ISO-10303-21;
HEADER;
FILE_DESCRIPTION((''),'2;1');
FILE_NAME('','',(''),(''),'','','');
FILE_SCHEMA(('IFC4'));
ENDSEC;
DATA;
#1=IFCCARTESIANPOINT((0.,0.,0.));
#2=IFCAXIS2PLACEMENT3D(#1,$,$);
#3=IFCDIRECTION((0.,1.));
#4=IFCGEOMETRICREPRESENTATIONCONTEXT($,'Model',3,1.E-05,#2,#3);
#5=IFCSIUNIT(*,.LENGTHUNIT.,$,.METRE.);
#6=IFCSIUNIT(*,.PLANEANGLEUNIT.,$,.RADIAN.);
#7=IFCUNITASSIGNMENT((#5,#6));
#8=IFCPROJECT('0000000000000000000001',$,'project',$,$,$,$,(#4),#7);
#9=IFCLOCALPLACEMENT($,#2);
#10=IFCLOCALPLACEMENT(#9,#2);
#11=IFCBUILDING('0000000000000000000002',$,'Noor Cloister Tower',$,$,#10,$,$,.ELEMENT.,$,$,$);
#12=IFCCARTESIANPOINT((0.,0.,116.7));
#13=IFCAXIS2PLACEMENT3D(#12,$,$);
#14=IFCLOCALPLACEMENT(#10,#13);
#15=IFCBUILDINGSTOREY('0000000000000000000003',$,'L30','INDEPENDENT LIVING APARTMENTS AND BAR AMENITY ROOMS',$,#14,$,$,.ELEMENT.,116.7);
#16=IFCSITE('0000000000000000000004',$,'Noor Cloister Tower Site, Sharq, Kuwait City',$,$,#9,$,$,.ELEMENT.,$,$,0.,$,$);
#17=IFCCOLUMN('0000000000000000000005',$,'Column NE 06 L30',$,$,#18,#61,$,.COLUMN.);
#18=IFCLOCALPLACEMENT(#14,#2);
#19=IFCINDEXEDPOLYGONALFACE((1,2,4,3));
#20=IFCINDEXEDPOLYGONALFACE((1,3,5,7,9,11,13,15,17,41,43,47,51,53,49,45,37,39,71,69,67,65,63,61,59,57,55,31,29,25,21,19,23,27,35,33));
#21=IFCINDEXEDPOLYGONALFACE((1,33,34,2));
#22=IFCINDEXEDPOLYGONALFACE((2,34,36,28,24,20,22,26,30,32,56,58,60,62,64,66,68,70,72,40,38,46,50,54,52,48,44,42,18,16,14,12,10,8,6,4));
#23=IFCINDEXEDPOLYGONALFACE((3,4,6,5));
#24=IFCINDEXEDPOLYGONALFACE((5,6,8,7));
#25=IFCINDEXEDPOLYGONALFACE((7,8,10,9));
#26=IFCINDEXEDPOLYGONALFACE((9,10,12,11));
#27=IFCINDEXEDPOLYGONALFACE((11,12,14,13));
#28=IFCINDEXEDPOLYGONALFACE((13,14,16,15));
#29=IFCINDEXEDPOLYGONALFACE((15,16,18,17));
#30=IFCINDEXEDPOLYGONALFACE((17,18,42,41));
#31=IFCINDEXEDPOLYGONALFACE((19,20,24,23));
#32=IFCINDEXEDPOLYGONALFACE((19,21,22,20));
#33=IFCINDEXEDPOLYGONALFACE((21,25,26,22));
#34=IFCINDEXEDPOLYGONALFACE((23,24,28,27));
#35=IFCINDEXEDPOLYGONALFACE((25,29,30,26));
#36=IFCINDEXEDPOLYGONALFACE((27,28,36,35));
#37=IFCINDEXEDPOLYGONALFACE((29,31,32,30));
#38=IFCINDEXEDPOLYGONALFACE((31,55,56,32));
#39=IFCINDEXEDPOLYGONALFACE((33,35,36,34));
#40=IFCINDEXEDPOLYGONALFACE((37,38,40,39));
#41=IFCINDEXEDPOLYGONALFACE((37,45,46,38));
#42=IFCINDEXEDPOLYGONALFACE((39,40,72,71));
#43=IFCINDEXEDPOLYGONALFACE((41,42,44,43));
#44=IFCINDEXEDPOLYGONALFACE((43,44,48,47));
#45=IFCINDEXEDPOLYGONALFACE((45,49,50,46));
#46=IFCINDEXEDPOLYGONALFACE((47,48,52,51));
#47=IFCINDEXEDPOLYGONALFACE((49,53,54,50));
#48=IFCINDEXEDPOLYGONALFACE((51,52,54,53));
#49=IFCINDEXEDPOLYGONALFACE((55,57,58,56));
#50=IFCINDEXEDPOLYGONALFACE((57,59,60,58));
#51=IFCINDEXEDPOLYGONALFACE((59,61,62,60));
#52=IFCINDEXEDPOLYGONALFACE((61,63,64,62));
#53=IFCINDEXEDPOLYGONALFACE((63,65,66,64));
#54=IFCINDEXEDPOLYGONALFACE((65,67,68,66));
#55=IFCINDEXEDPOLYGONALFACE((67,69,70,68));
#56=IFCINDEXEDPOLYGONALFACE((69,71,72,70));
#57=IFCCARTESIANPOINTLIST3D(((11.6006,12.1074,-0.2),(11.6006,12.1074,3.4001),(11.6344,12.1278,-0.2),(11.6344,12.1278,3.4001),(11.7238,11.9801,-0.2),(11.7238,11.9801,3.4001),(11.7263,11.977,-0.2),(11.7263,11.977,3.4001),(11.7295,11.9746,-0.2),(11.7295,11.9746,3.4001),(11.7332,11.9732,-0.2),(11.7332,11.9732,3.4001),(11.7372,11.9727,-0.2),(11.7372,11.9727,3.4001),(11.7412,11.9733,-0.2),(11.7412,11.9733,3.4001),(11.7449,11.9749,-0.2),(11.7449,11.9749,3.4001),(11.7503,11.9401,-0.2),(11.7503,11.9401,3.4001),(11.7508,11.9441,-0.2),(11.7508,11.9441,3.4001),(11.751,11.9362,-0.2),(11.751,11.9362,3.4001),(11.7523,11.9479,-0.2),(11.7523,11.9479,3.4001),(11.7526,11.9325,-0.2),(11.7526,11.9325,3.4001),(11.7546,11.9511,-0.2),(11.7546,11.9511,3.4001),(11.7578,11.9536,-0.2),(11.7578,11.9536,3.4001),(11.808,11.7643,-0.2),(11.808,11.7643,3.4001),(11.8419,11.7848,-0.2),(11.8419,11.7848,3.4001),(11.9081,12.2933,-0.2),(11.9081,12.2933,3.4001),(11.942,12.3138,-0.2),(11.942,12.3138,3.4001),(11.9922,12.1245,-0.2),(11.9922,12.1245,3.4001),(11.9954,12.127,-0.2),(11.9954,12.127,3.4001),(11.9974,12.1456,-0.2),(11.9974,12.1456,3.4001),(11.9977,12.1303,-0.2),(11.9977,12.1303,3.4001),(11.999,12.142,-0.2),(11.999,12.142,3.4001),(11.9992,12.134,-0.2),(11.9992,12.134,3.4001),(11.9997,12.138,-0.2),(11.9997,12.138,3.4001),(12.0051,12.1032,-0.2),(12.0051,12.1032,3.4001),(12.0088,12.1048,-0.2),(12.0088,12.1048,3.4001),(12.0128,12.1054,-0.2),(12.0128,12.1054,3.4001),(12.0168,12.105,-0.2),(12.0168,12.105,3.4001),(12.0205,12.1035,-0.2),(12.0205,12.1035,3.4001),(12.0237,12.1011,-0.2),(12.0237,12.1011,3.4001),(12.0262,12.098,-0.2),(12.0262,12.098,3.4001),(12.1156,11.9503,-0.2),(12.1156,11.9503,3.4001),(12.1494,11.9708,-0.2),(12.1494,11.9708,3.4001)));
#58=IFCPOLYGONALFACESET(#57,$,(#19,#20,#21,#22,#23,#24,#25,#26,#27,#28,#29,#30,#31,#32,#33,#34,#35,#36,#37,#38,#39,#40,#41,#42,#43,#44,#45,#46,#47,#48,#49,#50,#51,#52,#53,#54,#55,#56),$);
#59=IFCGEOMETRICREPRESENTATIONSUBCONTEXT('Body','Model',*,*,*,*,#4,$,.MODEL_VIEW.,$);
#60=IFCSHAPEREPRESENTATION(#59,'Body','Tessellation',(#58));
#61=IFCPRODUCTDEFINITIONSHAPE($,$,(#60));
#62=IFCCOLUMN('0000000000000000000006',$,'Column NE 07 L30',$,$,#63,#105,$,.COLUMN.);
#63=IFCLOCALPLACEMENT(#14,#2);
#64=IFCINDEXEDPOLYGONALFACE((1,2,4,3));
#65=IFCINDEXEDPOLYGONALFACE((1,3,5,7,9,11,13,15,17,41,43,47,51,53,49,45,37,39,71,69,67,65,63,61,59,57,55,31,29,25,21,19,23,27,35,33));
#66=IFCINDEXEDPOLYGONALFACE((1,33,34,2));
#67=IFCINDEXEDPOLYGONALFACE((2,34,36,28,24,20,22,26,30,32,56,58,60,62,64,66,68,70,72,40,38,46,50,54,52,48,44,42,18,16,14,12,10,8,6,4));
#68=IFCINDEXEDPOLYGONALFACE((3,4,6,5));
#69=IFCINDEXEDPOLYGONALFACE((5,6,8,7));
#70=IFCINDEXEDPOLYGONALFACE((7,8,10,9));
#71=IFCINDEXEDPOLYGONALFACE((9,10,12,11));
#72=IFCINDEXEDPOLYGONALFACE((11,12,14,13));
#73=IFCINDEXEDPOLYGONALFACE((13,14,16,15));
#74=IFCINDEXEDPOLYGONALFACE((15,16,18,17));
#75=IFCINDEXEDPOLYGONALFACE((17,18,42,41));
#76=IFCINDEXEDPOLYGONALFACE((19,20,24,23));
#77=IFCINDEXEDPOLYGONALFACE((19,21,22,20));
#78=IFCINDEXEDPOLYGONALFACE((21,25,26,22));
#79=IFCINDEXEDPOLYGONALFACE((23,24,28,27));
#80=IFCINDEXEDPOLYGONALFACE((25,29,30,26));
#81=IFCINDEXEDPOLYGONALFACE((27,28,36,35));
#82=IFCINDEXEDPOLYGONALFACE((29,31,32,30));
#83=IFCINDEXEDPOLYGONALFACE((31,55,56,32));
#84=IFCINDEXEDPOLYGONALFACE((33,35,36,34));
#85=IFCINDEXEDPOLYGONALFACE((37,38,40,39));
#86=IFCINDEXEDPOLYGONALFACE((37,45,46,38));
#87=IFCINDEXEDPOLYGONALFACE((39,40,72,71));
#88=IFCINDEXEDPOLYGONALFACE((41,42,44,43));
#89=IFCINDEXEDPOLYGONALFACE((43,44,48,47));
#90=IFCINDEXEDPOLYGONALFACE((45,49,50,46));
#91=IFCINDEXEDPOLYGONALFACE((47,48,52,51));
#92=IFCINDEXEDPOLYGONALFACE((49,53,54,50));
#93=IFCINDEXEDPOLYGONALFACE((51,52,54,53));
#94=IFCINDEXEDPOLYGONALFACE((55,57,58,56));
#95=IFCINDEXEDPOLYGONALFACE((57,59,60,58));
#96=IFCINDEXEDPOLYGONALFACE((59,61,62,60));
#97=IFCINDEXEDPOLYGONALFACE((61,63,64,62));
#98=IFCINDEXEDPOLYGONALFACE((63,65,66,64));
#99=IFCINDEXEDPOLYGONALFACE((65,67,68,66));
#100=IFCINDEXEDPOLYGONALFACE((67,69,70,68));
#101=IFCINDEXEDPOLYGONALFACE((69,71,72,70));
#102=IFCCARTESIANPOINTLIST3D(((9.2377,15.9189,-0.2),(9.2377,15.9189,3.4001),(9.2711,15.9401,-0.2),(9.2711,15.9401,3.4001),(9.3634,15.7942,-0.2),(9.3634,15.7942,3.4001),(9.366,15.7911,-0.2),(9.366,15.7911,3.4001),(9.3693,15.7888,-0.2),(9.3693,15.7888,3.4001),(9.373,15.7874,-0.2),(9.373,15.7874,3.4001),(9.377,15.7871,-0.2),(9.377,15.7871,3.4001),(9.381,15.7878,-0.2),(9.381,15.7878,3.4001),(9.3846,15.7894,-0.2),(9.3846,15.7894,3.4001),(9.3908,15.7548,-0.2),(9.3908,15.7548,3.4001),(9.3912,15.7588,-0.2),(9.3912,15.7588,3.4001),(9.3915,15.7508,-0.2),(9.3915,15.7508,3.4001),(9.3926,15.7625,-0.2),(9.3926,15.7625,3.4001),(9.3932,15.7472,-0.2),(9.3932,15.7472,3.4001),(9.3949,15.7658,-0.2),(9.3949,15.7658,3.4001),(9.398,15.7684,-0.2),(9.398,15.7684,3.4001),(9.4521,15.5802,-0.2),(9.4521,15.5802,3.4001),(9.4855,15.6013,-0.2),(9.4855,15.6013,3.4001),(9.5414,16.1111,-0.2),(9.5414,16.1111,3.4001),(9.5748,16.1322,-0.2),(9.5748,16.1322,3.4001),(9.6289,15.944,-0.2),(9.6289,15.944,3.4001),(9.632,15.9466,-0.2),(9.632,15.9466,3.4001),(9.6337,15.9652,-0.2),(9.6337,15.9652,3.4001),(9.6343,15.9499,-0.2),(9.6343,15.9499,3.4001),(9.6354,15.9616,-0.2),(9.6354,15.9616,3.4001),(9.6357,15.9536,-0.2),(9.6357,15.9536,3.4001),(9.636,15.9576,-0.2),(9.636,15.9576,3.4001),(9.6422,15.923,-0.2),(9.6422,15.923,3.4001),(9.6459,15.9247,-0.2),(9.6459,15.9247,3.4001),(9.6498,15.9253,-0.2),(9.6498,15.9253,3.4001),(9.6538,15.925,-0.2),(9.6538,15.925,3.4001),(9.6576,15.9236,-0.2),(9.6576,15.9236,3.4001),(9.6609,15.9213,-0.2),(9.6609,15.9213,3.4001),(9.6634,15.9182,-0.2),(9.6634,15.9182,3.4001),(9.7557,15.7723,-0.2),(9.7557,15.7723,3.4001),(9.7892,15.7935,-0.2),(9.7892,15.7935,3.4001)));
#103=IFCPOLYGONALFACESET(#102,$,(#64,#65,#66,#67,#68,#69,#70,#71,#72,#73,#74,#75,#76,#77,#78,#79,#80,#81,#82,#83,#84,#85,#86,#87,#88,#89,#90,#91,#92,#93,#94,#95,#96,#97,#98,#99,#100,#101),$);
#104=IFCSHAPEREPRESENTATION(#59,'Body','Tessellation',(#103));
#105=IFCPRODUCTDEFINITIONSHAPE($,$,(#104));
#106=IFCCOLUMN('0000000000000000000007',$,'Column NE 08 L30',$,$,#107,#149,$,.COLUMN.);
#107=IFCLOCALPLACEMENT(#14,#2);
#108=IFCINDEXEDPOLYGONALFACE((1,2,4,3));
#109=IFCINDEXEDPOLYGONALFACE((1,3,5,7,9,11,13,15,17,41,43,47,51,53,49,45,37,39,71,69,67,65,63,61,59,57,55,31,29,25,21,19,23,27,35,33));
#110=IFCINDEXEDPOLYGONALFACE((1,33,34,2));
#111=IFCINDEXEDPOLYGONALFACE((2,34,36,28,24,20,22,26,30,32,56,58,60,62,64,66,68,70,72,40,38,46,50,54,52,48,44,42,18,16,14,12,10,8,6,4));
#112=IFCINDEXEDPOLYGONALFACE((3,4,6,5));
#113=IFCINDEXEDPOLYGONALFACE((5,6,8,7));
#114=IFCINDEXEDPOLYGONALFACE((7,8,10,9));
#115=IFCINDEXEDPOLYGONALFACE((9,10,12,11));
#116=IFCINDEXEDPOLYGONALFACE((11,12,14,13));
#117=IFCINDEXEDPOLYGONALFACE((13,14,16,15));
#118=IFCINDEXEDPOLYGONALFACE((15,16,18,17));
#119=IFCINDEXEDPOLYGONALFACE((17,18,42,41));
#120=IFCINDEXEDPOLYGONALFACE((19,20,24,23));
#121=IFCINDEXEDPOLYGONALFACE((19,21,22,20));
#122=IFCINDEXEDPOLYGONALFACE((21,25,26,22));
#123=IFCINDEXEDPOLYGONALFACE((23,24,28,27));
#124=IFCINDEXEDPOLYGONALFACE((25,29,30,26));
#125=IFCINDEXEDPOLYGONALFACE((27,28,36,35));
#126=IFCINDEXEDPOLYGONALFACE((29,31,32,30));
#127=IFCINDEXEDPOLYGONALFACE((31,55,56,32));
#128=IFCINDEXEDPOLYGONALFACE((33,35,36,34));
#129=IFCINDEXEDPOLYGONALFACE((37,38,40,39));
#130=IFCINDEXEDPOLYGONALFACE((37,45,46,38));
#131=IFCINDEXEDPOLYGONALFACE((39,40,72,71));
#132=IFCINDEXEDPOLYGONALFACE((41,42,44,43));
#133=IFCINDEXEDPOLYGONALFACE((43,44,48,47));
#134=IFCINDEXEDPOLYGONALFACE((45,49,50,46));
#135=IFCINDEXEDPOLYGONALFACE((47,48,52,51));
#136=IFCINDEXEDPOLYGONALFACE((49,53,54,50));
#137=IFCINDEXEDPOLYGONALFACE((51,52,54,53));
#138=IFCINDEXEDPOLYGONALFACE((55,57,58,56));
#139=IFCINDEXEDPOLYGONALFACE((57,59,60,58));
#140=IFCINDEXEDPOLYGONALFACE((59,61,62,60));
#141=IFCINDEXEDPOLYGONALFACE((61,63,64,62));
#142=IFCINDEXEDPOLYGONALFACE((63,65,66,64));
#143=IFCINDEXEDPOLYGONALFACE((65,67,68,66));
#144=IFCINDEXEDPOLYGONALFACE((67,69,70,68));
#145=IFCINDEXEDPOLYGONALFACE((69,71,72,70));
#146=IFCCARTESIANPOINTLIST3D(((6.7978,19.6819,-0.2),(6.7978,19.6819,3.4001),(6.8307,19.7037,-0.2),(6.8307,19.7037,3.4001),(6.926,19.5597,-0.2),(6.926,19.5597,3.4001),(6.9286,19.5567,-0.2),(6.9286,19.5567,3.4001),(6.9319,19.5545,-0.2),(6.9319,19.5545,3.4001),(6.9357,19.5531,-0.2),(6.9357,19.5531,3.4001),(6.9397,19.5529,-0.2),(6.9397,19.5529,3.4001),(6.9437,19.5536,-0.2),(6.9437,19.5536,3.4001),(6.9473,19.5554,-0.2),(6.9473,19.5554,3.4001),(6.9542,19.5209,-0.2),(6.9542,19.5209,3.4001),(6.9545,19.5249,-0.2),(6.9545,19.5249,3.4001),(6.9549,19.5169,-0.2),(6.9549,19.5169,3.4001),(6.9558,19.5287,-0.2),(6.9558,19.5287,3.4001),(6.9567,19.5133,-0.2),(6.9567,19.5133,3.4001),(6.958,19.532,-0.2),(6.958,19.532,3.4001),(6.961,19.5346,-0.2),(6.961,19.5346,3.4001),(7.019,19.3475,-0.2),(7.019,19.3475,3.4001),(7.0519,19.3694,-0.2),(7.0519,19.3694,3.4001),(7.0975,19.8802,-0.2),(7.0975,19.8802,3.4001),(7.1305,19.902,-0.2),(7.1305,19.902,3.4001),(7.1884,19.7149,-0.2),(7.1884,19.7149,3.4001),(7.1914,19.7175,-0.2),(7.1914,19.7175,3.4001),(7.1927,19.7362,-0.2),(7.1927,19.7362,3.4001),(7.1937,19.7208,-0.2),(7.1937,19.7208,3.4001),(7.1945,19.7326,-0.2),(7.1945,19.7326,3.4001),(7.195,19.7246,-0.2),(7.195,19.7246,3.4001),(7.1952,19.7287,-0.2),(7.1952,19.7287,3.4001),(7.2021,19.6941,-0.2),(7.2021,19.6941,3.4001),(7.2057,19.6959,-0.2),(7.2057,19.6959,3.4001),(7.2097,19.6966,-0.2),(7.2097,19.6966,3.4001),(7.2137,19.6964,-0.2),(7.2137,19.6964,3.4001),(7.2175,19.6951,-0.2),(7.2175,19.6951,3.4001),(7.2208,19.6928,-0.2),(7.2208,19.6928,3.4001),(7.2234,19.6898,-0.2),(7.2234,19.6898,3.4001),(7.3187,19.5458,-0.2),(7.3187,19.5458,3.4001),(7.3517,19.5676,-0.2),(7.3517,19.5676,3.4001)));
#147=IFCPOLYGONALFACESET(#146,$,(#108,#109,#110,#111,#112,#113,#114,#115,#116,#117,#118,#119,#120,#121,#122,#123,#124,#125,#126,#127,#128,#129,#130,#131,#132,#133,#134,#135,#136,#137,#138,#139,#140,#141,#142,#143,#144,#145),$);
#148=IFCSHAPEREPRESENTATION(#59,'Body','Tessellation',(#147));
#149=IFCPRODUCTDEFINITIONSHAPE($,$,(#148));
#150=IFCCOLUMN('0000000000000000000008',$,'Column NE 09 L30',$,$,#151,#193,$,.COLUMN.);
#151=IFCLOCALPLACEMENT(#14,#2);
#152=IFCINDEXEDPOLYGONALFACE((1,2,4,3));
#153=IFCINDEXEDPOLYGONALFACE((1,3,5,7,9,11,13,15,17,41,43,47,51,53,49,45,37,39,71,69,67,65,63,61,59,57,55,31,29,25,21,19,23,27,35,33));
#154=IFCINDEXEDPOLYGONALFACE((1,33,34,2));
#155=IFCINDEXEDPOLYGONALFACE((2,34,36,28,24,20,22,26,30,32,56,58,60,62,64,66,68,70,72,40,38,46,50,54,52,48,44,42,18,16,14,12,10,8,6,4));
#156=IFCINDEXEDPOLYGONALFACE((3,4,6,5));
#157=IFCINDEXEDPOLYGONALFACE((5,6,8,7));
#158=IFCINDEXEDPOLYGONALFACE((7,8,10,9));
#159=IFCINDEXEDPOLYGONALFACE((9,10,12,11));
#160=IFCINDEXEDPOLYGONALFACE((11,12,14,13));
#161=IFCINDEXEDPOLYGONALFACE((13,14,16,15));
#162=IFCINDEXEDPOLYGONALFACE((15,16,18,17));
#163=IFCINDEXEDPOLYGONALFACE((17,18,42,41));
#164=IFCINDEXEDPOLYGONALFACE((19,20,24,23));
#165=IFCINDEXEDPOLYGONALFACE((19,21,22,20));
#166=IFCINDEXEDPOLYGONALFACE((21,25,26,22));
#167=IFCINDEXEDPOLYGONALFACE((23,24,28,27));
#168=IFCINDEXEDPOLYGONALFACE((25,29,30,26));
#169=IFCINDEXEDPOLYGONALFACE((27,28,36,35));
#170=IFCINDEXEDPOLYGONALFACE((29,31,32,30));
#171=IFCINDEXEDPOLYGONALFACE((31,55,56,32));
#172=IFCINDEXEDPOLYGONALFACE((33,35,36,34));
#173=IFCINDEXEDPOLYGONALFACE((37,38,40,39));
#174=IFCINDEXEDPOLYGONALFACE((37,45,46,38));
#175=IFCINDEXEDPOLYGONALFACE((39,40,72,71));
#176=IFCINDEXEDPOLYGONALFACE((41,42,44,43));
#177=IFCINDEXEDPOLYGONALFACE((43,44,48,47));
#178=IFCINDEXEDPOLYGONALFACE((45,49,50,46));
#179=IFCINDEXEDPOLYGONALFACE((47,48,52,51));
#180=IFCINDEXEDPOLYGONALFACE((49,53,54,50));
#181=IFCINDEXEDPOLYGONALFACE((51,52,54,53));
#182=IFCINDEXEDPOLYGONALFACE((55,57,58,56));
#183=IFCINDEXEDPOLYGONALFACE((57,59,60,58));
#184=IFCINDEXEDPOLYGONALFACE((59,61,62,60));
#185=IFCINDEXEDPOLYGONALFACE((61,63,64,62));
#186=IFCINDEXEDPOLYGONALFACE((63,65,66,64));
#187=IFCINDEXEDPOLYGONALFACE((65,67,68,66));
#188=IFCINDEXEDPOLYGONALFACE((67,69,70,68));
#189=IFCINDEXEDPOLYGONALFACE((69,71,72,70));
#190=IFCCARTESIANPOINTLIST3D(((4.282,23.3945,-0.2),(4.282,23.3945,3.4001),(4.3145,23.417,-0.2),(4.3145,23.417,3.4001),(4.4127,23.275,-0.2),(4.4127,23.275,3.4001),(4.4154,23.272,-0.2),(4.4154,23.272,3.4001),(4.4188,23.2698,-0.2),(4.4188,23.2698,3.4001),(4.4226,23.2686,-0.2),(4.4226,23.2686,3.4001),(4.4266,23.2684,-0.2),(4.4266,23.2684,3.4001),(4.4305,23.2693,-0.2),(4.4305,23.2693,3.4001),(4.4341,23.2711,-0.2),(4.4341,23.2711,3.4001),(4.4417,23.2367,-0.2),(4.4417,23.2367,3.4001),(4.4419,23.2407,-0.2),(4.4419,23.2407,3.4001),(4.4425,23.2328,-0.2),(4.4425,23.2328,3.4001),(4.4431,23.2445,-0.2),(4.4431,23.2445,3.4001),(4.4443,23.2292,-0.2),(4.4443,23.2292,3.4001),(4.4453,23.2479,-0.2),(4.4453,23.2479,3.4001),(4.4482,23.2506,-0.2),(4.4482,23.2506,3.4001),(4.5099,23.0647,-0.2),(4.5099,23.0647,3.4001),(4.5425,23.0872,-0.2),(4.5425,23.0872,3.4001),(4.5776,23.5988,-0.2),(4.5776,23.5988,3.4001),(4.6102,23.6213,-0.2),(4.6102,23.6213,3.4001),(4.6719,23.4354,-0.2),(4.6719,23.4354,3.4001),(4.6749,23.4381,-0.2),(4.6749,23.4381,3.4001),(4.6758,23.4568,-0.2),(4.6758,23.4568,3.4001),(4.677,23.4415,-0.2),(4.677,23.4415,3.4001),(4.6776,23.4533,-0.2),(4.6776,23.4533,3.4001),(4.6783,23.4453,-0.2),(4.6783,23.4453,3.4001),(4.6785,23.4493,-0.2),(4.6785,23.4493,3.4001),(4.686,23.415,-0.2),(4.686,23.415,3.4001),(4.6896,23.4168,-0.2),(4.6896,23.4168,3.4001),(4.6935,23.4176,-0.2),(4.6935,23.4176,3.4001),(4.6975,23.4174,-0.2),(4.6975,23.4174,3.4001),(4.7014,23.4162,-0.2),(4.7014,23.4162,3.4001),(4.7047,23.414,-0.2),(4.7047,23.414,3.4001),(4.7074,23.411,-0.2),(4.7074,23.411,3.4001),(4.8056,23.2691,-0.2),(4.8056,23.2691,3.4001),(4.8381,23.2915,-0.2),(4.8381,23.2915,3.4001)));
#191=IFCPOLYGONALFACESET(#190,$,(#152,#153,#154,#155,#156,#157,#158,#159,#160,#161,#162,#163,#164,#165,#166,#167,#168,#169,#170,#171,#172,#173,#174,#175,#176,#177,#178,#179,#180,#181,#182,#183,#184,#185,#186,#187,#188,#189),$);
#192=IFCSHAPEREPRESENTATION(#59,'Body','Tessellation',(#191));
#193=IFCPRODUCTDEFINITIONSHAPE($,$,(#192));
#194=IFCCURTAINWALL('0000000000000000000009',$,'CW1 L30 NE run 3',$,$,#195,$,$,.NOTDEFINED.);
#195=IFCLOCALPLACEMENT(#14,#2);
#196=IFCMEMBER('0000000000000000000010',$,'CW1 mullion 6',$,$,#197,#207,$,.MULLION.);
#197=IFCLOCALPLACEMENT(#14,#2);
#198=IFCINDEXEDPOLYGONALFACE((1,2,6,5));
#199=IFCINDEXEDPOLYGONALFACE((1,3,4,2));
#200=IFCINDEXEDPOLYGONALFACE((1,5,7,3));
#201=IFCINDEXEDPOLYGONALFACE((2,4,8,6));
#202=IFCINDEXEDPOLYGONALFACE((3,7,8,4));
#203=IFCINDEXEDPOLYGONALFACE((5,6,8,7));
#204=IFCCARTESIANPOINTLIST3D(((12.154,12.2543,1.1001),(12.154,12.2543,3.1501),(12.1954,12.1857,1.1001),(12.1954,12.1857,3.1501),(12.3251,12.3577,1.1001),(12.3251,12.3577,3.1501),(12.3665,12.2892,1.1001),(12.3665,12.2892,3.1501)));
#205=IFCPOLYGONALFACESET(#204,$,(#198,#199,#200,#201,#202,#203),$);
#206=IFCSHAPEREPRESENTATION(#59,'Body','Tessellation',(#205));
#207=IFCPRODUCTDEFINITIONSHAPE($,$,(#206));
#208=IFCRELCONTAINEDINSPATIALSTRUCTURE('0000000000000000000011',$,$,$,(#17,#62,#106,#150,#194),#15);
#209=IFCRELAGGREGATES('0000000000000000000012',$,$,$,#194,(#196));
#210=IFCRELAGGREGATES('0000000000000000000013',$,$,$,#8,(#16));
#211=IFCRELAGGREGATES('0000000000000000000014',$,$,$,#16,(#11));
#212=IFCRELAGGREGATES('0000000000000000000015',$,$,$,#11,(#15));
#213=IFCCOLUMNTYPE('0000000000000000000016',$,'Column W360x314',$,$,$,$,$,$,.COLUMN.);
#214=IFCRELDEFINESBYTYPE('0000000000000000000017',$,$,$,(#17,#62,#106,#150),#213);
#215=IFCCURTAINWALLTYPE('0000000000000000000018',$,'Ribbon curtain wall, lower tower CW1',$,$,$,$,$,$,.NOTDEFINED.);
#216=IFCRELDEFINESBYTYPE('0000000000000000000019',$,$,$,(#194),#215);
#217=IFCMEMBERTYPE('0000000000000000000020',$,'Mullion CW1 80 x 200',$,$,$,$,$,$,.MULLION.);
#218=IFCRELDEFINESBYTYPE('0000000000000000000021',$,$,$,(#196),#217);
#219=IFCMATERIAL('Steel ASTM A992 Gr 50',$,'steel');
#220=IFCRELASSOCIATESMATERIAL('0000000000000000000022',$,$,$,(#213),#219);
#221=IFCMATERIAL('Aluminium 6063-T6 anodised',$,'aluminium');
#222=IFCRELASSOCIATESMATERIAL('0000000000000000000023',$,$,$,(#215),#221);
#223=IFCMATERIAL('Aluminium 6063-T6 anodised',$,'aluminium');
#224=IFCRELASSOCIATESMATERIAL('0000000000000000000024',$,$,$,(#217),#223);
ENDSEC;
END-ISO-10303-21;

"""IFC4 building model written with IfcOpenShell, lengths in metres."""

from ifc_helpers import new_model, si_unit, direction, frame, origin, origin_2d, place, context, subcontext, project, spatial, rectangle, i_section, extrude, material, material_profile, profile_set, type_object, element, aggregate, save


model = new_model("IFC4")

# Units and contexts
model_context = context("Model", 3, precision=1e-05, world=origin(), true_north=direction((0.0, 1.0)))
body_context = subcontext(model_context, "Body", "Model", "MODEL_VIEW")
ifc_project = project(units=[si_unit("LENGTHUNIT", "METRE"), si_unit("PLANEANGLEUNIT", "RADIAN")], contexts=[model_context])

# Site, building, storey
site_placement = place(None, origin())
site = spatial("IfcSite", under=ifc_project, at=site_placement, Name="Noor Cloister Tower Site, Sharq, Kuwait City", CompositionType="ELEMENT", RefElevation=0.0)
building_placement = place(site_placement, origin())
building = spatial("IfcBuilding", under=site, at=building_placement, Name="Noor Cloister Tower", CompositionType="ELEMENT")
storey_placement = place(building_placement, frame((0.0, 0.0, 116.7)))
storey = spatial("IfcBuildingStorey", under=building, at=storey_placement, Name="L30", Description="INDEPENDENT LIVING APARTMENTS AND BAR AMENITY ROOMS", CompositionType="ELEMENT", Elevation=116.7)

# Columns
ifc_material_1 = material(Name="Steel ASTM A992 Gr 50", Category="steel")
ifc_material_profile_1 = material_profile(ifc_material_1, i_section(OverallWidth=0.4009, OverallDepth=0.3989, WebThickness=0.0249, FlangeThickness=0.0396, FilletRadius=0.0154, at=origin_2d()), Name="W360x314")
ifc_profile_set_1 = profile_set([ifc_material_profile_1], Name="Steel ASTM A992 Gr 50")
column_type = type_object("IfcColumnType", Name="Column W360x314", PredefinedType="COLUMN", material=ifc_profile_set_1)
for number, where, z_axis, x_axis, name in (
    (1, (11.875, 12.0391, -0.2), (0.0, 0.0, 1.0), (-0.517472, 0.8557, 0.0), "Column NE 06 L30"),
    (2, (9.5134, 15.8562, -0.2), (0.0, 0.0, 1.0), (-0.53473, 0.845023, 0.0), "Column NE 07 L30"),
    (3, (7.0747, 19.6248, -0.2), (0.0, 0.0, 1.0), (-0.551768, 0.833997, 0.0), "Column NE 08 L30"),
    (4, (4.5601, 23.343, -0.2), (0.0, 0.0, 1.0), (-0.568579, 0.822628, 0.0), "Column NE 09 L30"),
):
    element("IfcColumn", number, at=place(storey_placement, frame(where, z_axis=z_axis, x_axis=x_axis)), inside=storey, type_object=column_type, Name=name, PredefinedType="COLUMN", context=body_context, shape_type="SweptSolid", body=[
        extrude(i_section(OverallWidth=0.4009, OverallDepth=0.3989, WebThickness=0.0249, FlangeThickness=0.0396, FilletRadius=0.0154, at=origin_2d()), origin(), (0.0, 0.0, 1.0), 3.6001),
    ])

# Curtain wall, member
ifc_material_2 = material(Name="Aluminium 6063-T6 anodised", Category="aluminium")
curtain_wall_type = type_object("IfcCurtainWallType", Name="Ribbon curtain wall, lower tower CW1", PredefinedType="NOTDEFINED", material=ifc_material_2)
curtain_wall_placement = place(storey_placement, origin())
curtain_wall = element("IfcCurtainWall", 5, at=curtain_wall_placement, inside=storey, type_object=curtain_wall_type, Name="CW1 L30 NE run 3", PredefinedType="NOTDEFINED")
ifc_material_3 = material(Name="Aluminium 6063-T6 anodised", Category="aluminium")
ifc_material_profile_2 = material_profile(ifc_material_3, rectangle(XDim=0.2, YDim=0.0801, at=origin_2d()), Name="200 x 80 mullion")
ifc_profile_set_2 = profile_set([ifc_material_profile_2], Name="Aluminium 6063-T6 anodised")
member_type = type_object("IfcMemberType", Name="Mullion CW1 80 x 200", PredefinedType="MULLION", material=ifc_profile_set_2)
member_1_placement = place(storey_placement, frame((12.2603, 12.2717, 1.1001), z_axis=(0.0, 0.0, 1.0), x_axis=(-0.8557, -0.517472, 0.0)))
member_1 = element("IfcMember", 6, at=member_1_placement, type_object=member_type, Name="CW1 mullion 6", PredefinedType="MULLION", context=body_context, shape_type="SweptSolid", body=[
    extrude(rectangle(XDim=0.2, YDim=0.0801, at=origin_2d()), origin(), (0.0, 0.0, 1.0), 2.05),
])

aggregate(curtain_wall, [member_1])

save(model, "model.ifc")
